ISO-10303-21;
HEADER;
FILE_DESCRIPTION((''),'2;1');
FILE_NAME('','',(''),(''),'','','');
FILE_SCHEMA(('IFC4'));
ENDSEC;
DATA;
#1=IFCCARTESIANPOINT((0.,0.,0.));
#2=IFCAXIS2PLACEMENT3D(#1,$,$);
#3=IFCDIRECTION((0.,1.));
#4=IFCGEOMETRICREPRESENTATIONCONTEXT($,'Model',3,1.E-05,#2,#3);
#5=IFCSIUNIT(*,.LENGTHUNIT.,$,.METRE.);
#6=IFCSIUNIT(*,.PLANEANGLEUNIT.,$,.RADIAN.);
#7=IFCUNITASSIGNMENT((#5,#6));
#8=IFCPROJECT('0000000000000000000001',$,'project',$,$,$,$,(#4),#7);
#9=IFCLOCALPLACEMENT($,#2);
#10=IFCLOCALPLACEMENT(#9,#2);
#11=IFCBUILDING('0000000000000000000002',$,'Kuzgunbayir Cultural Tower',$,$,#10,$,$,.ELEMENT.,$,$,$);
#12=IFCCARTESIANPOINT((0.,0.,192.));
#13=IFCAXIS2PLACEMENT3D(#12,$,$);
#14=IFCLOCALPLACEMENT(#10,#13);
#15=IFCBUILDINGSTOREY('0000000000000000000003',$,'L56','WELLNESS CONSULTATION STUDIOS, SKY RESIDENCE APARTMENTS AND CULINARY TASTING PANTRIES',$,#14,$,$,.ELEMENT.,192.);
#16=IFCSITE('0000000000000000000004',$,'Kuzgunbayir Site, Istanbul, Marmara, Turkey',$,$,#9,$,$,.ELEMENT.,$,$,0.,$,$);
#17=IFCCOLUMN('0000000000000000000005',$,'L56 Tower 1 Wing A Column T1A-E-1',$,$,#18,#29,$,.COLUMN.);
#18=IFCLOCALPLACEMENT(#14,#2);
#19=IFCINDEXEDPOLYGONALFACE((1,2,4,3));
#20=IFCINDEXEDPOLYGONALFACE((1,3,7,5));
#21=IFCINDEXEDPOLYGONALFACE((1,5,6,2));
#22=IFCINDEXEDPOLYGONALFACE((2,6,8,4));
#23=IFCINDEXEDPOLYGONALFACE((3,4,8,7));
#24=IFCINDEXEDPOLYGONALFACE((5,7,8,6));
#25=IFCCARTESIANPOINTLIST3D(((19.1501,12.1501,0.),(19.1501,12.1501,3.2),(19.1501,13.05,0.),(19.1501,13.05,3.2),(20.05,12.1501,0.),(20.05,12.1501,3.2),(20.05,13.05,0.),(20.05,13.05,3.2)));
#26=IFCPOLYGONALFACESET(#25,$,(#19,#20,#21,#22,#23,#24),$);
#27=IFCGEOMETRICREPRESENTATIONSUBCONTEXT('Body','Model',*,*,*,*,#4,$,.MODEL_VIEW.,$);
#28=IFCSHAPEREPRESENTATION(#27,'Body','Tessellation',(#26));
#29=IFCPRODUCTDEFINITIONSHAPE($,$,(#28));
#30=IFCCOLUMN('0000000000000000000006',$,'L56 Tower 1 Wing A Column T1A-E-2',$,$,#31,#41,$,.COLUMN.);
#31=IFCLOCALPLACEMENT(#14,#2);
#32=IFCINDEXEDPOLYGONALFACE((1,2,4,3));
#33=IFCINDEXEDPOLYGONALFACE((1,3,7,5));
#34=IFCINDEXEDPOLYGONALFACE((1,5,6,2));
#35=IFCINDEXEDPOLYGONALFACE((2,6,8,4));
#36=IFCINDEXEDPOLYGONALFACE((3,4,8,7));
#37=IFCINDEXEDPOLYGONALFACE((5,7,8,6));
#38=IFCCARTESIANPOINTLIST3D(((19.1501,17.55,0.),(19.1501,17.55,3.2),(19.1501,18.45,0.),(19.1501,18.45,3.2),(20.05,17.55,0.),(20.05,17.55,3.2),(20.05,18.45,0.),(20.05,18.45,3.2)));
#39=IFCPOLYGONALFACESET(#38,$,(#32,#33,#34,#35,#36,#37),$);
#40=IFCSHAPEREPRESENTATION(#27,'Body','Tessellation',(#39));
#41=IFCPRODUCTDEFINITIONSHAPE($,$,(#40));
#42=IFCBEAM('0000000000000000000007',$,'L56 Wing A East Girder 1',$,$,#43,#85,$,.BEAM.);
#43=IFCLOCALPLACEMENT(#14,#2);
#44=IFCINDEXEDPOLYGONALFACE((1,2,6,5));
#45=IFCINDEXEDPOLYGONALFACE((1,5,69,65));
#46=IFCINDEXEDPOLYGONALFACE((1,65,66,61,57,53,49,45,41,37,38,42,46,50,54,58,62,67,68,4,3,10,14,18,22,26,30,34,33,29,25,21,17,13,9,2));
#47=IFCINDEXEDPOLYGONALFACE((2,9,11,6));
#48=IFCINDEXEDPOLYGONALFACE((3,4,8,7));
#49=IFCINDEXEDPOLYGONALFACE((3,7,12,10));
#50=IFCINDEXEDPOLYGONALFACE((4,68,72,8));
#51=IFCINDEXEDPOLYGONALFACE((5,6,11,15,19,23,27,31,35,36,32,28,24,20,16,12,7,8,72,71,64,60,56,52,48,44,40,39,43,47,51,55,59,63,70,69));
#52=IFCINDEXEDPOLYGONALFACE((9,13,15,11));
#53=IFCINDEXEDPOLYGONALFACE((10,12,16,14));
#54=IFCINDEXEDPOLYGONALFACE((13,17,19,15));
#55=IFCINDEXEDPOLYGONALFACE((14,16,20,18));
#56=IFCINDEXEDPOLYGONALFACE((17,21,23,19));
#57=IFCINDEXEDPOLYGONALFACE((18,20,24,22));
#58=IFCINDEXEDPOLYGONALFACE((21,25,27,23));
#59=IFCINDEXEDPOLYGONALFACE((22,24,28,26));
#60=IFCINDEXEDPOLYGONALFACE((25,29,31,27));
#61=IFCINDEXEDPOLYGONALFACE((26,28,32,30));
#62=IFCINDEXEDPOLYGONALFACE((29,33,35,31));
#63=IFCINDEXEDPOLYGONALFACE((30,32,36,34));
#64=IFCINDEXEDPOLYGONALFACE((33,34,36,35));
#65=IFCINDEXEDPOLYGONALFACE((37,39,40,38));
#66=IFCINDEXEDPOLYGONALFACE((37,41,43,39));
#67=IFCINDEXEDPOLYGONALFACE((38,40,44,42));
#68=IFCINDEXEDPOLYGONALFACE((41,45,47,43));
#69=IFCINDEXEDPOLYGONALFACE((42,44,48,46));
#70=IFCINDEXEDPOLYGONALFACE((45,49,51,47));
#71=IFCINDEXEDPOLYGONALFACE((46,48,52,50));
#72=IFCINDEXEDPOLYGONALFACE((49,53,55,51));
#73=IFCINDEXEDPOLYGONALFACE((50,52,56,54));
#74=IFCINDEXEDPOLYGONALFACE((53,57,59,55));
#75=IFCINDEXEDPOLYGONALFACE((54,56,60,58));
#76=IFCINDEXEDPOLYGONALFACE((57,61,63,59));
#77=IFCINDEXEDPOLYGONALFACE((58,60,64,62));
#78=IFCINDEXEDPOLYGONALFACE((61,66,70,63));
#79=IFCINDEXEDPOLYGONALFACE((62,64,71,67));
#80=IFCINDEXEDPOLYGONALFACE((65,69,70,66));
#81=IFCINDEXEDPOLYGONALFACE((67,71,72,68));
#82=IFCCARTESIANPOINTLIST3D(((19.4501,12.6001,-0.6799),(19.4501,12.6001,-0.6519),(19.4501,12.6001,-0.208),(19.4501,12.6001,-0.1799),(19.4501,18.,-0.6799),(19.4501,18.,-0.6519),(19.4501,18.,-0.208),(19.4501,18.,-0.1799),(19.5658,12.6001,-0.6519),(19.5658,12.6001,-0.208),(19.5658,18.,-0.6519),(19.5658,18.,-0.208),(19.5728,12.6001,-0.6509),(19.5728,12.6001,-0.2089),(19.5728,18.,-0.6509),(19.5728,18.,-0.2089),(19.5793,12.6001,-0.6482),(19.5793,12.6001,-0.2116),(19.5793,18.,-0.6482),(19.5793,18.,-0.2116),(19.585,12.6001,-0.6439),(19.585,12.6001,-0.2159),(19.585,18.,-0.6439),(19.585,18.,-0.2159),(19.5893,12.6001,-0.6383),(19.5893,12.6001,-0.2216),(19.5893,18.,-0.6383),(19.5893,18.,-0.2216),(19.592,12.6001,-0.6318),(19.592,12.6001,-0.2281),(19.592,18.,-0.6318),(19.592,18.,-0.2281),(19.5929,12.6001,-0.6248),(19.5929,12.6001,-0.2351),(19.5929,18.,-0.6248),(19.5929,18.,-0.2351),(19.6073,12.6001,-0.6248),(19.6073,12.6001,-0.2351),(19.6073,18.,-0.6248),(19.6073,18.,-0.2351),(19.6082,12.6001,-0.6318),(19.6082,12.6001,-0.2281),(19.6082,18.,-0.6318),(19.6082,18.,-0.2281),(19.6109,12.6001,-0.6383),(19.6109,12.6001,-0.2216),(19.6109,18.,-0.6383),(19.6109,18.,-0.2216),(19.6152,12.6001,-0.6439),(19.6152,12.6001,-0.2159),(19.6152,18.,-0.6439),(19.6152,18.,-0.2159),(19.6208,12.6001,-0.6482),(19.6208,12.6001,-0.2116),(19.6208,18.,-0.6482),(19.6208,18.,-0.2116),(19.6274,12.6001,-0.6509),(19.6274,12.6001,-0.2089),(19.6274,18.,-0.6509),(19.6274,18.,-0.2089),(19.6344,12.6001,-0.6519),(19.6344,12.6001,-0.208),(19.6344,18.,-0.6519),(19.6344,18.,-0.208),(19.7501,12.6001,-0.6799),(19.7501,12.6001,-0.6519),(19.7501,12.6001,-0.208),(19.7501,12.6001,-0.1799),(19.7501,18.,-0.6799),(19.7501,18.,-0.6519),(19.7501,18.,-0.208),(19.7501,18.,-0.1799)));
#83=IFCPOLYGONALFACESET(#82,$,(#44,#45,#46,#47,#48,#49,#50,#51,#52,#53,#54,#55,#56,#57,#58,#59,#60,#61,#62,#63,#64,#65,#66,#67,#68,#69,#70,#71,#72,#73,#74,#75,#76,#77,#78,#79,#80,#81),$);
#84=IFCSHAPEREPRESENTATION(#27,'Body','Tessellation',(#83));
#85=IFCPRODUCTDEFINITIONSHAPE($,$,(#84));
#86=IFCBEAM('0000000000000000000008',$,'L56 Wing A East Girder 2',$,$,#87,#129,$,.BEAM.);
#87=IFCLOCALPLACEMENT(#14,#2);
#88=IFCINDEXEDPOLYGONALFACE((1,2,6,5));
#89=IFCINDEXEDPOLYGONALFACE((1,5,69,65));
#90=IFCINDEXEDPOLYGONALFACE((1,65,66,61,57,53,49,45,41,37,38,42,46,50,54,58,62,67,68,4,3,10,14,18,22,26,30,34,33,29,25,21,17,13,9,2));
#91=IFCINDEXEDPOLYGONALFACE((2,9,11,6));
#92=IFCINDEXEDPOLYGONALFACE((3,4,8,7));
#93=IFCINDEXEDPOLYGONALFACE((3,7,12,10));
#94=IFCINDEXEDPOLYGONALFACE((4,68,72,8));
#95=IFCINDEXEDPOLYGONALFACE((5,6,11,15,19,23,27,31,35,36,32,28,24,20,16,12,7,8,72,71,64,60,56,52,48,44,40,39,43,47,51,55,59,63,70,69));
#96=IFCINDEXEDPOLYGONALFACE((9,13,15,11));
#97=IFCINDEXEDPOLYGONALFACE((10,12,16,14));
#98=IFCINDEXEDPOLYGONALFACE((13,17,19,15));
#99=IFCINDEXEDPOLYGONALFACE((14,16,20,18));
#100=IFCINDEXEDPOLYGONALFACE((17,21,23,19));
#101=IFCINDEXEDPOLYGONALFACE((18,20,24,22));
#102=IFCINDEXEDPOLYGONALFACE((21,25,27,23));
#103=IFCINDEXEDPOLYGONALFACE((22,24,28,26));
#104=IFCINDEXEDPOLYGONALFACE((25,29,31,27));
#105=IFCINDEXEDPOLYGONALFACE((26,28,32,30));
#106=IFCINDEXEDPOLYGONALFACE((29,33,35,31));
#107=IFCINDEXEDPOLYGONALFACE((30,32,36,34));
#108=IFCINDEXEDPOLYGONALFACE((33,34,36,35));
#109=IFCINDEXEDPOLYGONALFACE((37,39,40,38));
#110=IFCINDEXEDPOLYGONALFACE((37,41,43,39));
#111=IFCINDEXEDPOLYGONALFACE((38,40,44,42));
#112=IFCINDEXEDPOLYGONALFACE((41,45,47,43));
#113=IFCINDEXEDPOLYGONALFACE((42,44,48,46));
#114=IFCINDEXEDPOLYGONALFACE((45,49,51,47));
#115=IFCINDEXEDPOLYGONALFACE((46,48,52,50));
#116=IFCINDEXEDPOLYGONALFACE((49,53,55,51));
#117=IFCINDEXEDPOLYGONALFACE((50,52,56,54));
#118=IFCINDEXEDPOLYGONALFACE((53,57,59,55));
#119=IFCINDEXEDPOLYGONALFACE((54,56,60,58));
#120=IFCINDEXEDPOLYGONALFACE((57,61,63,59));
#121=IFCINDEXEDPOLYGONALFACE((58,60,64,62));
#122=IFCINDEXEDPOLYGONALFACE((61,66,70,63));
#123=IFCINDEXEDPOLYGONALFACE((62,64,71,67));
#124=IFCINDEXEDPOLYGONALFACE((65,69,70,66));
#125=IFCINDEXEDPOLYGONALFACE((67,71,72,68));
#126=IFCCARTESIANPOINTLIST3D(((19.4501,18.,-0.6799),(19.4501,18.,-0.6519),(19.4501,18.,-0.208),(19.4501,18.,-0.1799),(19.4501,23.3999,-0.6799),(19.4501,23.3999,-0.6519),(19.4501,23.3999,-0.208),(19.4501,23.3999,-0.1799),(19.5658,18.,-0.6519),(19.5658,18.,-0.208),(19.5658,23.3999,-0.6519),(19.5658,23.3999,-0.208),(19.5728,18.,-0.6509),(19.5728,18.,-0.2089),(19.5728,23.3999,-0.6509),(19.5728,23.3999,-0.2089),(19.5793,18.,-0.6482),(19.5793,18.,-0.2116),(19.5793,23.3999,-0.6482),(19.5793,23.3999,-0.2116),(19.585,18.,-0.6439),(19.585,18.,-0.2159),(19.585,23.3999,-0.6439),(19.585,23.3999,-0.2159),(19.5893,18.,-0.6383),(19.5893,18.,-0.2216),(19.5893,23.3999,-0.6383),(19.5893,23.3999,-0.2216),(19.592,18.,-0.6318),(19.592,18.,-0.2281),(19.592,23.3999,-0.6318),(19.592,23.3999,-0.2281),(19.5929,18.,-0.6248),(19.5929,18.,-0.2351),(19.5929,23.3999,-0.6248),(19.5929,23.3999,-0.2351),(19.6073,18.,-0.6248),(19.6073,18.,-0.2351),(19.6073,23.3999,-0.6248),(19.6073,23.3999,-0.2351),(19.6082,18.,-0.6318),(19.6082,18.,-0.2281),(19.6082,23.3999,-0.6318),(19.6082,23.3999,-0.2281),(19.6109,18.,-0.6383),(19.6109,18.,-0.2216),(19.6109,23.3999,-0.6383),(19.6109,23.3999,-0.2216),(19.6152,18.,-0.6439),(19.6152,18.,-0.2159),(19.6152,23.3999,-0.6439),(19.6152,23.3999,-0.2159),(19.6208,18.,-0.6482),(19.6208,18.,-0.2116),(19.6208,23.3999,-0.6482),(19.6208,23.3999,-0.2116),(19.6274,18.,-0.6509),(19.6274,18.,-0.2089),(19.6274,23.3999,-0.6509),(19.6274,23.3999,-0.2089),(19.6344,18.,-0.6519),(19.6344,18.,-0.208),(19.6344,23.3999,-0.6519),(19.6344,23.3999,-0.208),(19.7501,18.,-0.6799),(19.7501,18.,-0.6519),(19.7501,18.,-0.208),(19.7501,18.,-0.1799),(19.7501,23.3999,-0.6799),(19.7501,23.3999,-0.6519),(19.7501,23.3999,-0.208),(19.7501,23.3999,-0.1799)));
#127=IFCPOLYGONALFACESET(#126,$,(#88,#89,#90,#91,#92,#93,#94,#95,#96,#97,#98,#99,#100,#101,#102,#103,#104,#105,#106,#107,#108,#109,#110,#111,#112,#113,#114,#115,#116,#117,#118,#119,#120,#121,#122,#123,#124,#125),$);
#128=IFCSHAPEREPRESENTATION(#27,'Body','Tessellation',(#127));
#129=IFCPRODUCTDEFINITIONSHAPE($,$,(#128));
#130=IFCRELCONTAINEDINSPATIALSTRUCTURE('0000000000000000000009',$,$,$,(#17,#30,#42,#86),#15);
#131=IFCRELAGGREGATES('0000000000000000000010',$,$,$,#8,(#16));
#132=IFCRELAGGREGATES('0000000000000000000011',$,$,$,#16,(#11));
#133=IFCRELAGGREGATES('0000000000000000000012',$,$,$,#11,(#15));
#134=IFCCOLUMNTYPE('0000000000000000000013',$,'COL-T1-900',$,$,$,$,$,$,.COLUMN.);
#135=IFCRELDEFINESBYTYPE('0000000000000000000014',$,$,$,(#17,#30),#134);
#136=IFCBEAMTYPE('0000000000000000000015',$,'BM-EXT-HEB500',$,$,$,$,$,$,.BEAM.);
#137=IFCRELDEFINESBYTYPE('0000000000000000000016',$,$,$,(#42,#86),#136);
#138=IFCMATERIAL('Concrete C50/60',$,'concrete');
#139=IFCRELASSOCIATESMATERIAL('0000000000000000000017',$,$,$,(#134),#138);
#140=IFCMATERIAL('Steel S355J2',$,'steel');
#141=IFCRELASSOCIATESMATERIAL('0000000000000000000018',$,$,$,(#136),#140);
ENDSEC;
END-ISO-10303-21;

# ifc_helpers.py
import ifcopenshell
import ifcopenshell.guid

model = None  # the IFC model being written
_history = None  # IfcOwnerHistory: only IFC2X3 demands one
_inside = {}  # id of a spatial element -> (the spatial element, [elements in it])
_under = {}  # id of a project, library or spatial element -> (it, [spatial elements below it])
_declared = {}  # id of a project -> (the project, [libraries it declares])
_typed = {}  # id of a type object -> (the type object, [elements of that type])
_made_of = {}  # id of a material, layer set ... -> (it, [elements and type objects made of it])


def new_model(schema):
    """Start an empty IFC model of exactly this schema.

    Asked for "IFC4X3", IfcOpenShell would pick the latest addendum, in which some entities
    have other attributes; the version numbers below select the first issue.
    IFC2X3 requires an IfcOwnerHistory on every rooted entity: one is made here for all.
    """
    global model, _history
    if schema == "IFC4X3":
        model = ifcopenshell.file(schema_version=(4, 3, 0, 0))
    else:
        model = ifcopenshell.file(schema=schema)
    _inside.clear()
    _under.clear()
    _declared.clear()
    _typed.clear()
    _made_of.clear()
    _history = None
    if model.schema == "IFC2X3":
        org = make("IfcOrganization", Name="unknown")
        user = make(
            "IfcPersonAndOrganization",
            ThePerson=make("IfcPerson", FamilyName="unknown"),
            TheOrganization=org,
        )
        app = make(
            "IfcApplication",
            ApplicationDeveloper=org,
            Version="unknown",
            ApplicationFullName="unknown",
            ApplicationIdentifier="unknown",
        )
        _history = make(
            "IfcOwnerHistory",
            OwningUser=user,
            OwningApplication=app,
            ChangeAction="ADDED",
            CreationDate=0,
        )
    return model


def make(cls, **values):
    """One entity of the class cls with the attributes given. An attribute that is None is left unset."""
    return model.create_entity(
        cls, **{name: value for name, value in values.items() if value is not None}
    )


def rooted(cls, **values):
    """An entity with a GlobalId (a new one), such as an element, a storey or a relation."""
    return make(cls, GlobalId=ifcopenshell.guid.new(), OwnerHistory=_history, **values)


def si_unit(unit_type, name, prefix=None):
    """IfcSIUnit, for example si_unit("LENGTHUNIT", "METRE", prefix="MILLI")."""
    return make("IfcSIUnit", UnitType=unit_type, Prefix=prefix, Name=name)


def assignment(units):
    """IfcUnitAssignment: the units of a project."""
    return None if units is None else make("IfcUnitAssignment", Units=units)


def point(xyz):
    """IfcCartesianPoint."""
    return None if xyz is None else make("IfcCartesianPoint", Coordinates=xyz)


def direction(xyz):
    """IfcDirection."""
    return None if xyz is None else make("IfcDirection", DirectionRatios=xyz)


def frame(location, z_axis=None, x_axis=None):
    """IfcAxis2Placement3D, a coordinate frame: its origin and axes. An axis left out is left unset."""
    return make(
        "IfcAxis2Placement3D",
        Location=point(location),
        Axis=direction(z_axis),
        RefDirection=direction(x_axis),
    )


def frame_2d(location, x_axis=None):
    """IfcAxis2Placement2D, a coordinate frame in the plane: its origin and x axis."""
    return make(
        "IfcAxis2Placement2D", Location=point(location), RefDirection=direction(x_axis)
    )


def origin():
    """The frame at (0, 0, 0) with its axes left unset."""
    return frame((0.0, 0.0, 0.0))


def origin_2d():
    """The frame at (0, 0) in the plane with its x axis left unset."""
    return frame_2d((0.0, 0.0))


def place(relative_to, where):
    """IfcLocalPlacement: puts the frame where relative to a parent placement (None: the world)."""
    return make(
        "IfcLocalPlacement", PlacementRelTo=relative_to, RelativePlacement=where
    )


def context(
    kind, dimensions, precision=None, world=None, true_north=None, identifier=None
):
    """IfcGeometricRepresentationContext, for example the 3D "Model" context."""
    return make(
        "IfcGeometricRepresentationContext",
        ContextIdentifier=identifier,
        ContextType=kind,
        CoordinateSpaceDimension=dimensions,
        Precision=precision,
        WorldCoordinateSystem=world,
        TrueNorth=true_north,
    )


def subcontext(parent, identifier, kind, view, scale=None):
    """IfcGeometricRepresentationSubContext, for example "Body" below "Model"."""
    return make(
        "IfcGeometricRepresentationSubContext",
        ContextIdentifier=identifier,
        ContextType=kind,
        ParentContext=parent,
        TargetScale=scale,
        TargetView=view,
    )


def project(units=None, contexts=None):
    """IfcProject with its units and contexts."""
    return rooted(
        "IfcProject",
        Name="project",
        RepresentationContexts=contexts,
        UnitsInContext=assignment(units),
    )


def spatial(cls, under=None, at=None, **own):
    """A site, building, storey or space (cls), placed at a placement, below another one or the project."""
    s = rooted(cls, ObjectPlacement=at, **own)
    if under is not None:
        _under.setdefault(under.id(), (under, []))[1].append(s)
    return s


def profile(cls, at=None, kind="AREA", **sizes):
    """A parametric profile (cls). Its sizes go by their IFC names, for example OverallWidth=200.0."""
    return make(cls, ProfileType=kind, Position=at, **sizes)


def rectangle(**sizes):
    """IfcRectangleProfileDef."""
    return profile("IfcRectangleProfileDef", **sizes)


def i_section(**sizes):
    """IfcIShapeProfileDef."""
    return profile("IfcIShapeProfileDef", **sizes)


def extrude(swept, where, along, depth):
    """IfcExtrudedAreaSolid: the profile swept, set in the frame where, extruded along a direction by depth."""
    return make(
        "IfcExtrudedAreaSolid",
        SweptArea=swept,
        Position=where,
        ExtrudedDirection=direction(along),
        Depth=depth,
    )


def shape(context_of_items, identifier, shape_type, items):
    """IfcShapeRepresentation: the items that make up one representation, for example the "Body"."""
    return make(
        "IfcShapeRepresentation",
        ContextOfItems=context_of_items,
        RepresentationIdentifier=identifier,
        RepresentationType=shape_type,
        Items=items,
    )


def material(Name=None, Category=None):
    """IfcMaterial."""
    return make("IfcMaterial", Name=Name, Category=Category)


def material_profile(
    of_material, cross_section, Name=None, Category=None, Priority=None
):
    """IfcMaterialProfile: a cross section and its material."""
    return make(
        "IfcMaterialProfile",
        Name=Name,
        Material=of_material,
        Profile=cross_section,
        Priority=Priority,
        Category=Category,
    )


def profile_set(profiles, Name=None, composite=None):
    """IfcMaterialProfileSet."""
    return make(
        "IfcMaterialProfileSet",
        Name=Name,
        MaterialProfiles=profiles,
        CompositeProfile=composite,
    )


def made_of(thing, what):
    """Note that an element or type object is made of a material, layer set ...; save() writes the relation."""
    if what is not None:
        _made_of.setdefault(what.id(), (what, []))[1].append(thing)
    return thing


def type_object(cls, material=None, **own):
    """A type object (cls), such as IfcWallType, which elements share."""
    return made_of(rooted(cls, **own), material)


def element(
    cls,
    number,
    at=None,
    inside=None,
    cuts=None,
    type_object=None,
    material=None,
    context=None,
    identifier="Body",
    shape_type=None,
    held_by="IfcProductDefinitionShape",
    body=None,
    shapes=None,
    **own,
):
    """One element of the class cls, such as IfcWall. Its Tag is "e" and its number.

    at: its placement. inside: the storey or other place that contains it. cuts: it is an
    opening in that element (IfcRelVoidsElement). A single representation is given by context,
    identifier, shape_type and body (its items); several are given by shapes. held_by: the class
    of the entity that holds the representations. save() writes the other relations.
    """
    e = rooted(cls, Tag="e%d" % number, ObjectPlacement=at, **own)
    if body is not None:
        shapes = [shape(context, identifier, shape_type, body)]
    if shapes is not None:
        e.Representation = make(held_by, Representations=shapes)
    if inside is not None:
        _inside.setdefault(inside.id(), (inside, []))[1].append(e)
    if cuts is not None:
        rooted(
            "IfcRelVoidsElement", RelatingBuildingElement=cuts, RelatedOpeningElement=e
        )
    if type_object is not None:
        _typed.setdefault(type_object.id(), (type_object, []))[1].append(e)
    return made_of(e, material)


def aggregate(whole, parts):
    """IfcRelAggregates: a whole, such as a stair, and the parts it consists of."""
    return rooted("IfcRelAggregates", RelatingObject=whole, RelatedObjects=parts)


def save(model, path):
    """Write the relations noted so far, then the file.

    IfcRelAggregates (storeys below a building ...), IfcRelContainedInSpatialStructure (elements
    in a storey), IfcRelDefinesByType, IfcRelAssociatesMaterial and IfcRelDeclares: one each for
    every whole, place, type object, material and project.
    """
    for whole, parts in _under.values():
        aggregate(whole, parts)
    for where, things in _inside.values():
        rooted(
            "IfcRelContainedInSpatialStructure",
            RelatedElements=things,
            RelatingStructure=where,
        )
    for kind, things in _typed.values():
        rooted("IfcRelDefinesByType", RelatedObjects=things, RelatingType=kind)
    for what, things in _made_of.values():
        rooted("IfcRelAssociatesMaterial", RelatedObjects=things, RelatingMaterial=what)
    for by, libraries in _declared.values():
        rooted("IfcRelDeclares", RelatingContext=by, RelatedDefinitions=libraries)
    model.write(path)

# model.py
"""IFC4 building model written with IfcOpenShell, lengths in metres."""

from ifc_helpers import new_model, si_unit, direction, frame, origin, origin_2d, place, context, subcontext, project, spatial, rectangle, i_section, extrude, material, material_profile, profile_set, type_object, element, save


model = new_model("IFC4")

# Units and contexts
model_context = context("Model", 3, precision=1e-05, world=origin(), true_north=direction((0.0, 1.0)))
body_context = subcontext(model_context, "Body", "Model", "MODEL_VIEW")
ifc_project = project(units=[si_unit("LENGTHUNIT", "METRE"), si_unit("PLANEANGLEUNIT", "RADIAN")], contexts=[model_context])

# Site, building, storey
site_placement = place(None, origin())
site = spatial("IfcSite", under=ifc_project, at=site_placement, Name="Kuzgunbayir Site, Istanbul, Marmara, Turkey", CompositionType="ELEMENT", RefElevation=0.0)
building_placement = place(site_placement, origin())
building = spatial("IfcBuilding", under=site, at=building_placement, Name="Kuzgunbayir Cultural Tower", CompositionType="ELEMENT")
storey_placement = place(building_placement, frame((0.0, 0.0, 192.0)))
storey = spatial("IfcBuildingStorey", under=building, at=storey_placement, Name="L56", Description="WELLNESS CONSULTATION STUDIOS, SKY RESIDENCE APARTMENTS AND CULINARY TASTING PANTRIES", CompositionType="ELEMENT", Elevation=192.0)

# Columns
ifc_material_1 = material(Name="Concrete C50/60", Category="concrete")
ifc_material_profile_1 = material_profile(ifc_material_1, rectangle(XDim=0.8999, YDim=0.8999, at=origin_2d()), Name="RC 900x900")
ifc_profile_set_1 = profile_set([ifc_material_profile_1], Name="Concrete C50/60")
column_type = type_object("IfcColumnType", Name="COL-T1-900", PredefinedType="COLUMN", material=ifc_profile_set_1)
for number, where, z_axis, x_axis, name in (
    (1, (19.6001, 12.6001, 0.0), (0.0, 0.0, 1.0), (1.0, 0.0, 0.0), "L56 Tower 1 Wing A Column T1A-E-1"),
    (2, (19.6001, 18.0, 0.0), (0.0, 0.0, 1.0), (1.0, 0.0, 0.0), "L56 Tower 1 Wing A Column T1A-E-2"),
):
    element("IfcColumn", number, at=place(storey_placement, frame(where, z_axis=z_axis, x_axis=x_axis)), inside=storey, type_object=column_type, Name=name, PredefinedType="COLUMN", context=body_context, shape_type="SweptSolid", body=[
        extrude(rectangle(XDim=0.8999, YDim=0.8999, at=origin_2d()), origin(), (0.0, 0.0, 1.0), 3.2),
    ])

# Beams
ifc_material_2 = material(Name="Steel S355J2", Category="steel")
ifc_material_profile_2 = material_profile(ifc_material_2, i_section(OverallWidth=0.3, OverallDepth=0.5, WebThickness=0.0144, FlangeThickness=0.0281, FilletRadius=0.0271, at=origin_2d()), Name="HEB 500")
ifc_profile_set_2 = profile_set([ifc_material_profile_2], Name="Steel S355J2")
beam_type = type_object("IfcBeamType", Name="BM-EXT-HEB500", PredefinedType="BEAM", material=ifc_profile_set_2)
for number, where, z_axis, x_axis, name in (
    (3, (19.6001, 12.6001, -0.4299), (0.0, 1.0, 0.0), (-1.0, 0.0, 0.0), "L56 Wing A East Girder 1"),
    (4, (19.6001, 18.0, -0.4299), (0.0, 1.0, 0.0), (-1.0, 0.0, 0.0), "L56 Wing A East Girder 2"),
):
    element("IfcBeam", number, at=place(storey_placement, frame(where, z_axis=z_axis, x_axis=x_axis)), inside=storey, type_object=beam_type, Name=name, PredefinedType="BEAM", context=body_context, shape_type="SweptSolid", body=[
        extrude(i_section(OverallWidth=0.3, OverallDepth=0.5, WebThickness=0.0144, FlangeThickness=0.0281, FilletRadius=0.0271, at=origin_2d()), origin(), (0.0, 0.0, 1.0), 5.3999),
    ])

save(model, "model.ifc")
